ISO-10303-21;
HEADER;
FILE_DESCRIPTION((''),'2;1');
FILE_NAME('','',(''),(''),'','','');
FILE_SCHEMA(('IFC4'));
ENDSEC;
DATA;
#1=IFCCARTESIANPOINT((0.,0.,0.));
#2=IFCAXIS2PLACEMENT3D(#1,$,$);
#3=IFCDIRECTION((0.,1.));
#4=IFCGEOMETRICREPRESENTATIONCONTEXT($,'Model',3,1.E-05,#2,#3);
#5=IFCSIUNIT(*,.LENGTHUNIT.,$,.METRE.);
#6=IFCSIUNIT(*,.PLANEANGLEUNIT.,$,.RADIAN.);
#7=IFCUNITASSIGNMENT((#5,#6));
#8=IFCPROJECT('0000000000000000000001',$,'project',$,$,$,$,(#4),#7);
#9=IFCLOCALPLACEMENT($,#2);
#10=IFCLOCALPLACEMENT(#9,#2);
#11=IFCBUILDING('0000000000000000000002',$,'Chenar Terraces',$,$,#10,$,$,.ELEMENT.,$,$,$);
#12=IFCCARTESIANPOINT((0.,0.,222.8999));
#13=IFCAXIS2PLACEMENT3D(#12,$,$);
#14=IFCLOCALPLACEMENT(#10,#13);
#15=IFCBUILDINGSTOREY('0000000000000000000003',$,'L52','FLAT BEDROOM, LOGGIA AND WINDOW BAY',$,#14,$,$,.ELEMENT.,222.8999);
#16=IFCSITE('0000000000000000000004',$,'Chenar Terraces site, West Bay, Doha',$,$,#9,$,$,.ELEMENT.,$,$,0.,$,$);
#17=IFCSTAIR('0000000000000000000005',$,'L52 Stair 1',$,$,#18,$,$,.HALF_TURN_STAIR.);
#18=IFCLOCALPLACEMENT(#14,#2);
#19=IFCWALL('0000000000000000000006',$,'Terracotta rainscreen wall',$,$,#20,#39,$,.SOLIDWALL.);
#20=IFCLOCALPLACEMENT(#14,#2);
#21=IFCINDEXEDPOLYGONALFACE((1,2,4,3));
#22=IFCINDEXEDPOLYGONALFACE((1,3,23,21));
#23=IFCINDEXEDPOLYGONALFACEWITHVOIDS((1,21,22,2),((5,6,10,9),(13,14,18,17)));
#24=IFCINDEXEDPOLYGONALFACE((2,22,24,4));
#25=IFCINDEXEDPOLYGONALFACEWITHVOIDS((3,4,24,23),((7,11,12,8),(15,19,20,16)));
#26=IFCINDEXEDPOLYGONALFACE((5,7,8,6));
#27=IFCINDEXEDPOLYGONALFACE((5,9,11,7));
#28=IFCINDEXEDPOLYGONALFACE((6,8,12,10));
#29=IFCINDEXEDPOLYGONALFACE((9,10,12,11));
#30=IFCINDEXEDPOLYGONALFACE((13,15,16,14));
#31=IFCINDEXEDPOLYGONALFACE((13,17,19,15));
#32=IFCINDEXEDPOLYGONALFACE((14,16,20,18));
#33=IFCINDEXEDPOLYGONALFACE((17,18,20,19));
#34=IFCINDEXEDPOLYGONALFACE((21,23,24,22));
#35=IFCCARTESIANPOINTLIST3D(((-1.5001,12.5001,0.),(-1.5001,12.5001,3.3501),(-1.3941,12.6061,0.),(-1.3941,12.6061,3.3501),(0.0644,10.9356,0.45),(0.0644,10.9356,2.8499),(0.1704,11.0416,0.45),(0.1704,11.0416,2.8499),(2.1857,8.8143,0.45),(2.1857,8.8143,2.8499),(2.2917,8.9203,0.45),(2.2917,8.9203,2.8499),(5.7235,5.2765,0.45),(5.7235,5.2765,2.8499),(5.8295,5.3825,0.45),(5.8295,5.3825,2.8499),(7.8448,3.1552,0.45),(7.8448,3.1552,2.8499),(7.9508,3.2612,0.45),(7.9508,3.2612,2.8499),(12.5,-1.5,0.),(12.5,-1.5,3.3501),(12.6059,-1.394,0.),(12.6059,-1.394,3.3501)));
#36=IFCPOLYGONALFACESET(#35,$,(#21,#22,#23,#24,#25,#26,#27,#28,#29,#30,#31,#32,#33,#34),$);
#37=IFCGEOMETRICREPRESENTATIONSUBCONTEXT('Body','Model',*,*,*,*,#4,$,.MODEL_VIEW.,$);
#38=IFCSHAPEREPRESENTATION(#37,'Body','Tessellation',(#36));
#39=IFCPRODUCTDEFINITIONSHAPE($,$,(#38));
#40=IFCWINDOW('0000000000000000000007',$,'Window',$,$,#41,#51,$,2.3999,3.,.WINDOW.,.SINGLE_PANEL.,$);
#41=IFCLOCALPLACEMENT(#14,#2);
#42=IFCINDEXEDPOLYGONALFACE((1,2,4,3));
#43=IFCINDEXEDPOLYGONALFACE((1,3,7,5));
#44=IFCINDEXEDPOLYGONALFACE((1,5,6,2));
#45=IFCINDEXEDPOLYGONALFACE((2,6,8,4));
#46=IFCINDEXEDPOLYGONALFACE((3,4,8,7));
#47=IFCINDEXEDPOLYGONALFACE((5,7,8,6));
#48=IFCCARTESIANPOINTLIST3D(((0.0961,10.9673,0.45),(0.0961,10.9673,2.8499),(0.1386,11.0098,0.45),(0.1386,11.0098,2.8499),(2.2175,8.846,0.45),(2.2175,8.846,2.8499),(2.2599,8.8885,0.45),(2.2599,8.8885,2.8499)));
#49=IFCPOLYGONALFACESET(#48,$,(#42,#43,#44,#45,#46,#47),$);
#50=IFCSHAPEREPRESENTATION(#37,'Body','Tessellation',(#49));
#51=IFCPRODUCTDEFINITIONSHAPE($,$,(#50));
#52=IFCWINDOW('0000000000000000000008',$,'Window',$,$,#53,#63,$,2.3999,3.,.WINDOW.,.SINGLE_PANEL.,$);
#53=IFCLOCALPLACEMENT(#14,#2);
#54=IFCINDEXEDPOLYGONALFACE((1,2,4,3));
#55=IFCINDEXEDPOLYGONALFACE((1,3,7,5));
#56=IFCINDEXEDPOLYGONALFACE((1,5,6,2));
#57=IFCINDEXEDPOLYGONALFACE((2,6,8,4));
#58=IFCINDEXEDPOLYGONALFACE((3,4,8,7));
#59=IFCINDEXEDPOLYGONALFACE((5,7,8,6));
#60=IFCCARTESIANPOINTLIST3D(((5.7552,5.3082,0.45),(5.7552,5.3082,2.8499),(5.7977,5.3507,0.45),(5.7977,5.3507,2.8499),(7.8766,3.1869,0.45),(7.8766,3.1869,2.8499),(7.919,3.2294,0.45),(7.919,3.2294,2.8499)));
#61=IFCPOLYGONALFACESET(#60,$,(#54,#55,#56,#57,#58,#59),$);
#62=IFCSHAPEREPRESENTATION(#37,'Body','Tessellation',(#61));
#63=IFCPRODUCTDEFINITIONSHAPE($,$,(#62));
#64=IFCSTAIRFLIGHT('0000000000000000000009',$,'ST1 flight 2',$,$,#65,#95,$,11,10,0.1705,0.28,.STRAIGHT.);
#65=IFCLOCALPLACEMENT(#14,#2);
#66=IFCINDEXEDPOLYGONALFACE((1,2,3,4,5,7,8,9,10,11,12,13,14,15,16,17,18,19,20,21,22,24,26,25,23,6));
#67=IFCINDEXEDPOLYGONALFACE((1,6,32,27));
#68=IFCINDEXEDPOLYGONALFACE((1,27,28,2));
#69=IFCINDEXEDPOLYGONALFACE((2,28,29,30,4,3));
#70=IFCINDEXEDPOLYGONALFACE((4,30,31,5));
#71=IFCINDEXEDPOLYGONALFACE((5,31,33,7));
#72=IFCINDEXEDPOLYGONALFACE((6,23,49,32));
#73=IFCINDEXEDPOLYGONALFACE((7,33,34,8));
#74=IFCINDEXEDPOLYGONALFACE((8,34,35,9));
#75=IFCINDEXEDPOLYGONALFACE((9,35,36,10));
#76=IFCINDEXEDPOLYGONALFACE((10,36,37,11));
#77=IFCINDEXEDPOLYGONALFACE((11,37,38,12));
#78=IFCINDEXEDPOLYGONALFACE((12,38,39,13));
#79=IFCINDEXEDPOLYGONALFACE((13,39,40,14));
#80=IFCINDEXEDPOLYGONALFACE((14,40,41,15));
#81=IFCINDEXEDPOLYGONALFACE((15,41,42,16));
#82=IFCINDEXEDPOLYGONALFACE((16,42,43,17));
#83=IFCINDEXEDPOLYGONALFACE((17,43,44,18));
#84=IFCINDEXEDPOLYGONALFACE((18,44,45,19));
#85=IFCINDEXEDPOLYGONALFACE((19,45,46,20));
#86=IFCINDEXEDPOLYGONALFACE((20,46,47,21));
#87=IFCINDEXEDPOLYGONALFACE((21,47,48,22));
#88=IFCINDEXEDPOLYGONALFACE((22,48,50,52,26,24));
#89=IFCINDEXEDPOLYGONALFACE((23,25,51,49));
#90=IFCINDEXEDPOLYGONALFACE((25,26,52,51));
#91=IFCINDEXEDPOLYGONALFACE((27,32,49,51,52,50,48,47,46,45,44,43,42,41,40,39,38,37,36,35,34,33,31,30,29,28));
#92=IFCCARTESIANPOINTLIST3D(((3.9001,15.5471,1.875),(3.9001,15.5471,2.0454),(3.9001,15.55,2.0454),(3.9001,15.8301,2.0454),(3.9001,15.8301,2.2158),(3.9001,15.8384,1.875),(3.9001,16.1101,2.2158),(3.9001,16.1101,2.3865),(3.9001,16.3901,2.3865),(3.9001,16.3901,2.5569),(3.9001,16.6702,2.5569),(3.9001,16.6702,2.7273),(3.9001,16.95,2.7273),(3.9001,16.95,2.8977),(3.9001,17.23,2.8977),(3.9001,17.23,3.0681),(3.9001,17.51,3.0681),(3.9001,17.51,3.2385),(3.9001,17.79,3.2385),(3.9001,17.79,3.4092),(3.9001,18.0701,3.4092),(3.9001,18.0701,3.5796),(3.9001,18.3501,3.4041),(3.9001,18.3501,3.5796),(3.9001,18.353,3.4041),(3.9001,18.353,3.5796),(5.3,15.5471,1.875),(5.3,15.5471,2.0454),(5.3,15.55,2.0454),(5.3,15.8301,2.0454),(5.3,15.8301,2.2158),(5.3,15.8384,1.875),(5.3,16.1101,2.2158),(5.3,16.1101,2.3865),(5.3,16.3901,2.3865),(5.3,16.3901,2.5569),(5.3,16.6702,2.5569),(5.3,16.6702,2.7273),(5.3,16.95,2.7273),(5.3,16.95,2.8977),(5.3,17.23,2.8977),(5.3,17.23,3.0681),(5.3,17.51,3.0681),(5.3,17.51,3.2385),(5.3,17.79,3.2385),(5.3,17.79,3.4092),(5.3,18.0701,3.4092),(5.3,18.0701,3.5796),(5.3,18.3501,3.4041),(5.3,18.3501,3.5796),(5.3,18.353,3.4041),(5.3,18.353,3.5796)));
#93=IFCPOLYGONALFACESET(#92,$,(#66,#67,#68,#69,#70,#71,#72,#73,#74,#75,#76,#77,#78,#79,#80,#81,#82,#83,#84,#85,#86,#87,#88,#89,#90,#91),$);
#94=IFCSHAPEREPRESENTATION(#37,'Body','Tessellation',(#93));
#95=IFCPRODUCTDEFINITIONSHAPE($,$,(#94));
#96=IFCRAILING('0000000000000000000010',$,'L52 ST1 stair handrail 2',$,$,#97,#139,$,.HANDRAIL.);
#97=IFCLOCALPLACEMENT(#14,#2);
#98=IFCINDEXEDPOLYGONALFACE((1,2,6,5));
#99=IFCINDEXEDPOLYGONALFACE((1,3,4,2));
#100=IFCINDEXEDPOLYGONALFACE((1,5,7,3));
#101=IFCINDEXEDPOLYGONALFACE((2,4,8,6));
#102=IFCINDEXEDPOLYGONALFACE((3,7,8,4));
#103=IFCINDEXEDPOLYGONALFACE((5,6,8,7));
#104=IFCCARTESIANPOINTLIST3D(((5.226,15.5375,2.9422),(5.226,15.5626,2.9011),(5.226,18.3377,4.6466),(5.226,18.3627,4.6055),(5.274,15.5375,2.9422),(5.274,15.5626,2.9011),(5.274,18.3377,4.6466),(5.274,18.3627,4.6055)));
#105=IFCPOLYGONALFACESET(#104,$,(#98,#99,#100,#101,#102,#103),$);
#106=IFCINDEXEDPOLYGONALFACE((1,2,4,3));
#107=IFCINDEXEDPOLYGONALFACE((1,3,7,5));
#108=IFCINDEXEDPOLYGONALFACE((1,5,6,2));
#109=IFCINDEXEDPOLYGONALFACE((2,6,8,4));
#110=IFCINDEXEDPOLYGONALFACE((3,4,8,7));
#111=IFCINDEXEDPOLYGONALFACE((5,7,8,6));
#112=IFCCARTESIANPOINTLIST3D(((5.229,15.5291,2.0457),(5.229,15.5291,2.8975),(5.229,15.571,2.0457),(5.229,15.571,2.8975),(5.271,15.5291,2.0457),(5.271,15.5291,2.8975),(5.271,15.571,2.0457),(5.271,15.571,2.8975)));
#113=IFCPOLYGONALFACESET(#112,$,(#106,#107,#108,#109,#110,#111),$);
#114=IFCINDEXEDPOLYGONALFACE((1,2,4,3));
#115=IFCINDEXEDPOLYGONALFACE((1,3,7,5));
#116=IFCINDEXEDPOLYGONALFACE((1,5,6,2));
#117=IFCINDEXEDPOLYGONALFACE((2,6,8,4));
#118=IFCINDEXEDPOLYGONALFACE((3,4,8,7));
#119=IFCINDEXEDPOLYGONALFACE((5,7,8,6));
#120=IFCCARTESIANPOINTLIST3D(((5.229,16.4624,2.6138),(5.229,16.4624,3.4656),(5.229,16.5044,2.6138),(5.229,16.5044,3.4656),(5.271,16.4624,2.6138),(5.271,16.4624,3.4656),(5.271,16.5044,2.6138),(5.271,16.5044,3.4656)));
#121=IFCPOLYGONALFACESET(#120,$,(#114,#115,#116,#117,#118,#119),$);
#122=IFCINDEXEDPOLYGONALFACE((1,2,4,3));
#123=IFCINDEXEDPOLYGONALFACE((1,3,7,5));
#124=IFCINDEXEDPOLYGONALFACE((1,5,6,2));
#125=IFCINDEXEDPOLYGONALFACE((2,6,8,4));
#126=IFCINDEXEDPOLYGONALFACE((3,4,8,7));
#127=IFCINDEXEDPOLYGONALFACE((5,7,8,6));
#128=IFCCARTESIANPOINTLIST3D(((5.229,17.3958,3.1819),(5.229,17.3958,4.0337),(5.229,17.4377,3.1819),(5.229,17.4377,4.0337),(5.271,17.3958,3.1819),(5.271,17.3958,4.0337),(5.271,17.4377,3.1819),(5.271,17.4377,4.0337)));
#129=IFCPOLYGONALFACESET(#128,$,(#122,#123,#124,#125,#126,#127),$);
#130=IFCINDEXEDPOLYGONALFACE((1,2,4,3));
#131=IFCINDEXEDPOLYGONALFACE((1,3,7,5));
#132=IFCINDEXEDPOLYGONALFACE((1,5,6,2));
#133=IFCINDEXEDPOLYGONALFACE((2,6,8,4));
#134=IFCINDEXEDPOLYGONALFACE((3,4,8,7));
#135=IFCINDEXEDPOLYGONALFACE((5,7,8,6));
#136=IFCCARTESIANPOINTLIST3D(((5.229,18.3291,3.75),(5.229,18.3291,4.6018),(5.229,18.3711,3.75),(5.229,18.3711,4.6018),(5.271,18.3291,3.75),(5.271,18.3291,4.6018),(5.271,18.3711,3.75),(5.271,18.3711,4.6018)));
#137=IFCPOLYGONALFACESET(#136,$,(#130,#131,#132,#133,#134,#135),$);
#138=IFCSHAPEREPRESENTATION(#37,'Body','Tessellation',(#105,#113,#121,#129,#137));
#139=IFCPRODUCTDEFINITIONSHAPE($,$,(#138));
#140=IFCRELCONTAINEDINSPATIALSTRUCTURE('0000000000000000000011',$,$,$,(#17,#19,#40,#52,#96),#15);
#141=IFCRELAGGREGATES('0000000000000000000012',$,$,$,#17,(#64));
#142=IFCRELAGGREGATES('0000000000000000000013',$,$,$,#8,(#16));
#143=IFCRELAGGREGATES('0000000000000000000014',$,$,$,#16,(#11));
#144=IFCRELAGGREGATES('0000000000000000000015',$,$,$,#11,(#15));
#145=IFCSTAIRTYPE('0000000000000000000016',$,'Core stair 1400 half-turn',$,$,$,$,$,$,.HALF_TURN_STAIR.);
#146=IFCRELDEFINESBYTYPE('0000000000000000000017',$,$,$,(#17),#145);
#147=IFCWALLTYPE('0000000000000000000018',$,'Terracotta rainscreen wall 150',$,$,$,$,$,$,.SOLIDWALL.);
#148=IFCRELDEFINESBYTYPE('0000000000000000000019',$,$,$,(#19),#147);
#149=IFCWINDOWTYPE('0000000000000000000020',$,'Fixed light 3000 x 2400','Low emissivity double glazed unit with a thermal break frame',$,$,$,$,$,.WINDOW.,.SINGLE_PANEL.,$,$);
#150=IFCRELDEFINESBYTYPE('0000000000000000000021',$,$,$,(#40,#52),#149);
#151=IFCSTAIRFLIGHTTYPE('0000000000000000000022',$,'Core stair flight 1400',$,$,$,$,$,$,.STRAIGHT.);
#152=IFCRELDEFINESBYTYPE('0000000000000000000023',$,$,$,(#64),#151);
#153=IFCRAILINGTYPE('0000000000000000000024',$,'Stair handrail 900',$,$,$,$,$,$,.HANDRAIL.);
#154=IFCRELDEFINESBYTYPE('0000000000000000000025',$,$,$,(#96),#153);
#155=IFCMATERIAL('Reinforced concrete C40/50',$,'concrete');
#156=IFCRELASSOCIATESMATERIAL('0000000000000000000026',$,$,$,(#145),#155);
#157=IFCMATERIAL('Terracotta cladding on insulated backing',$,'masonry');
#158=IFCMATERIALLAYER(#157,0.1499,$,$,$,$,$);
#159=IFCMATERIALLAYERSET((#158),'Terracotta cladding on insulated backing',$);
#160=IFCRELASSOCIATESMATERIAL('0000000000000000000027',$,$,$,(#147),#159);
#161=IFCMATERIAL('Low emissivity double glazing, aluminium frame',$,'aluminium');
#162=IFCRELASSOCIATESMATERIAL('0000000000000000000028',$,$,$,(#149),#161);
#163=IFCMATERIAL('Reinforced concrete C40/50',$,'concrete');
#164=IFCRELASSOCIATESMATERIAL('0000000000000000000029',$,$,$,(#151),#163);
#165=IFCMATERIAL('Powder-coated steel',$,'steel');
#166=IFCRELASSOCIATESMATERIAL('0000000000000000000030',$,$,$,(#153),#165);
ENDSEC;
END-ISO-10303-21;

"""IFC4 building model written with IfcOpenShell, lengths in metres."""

from ifc_helpers import new_model, si_unit, direction, frame, frame_2d, origin, origin_2d, place, context, subcontext, project, spatial, polyline, rectangle, outline, extrude, material, layer, layer_set, type_object, element, fill, aggregate, save


model = new_model("IFC4")

# Units and contexts
model_context = context("Model", 3, precision=1e-05, world=origin(), true_north=direction((0.0, 1.0)))
body_context = subcontext(model_context, "Body", "Model", "MODEL_VIEW")
ifc_project = project(units=[si_unit("LENGTHUNIT", "METRE"), si_unit("PLANEANGLEUNIT", "RADIAN")], contexts=[model_context])

# Site, building, storey
site_placement = place(None, origin())
site = spatial("IfcSite", under=ifc_project, at=site_placement, Name="Chenar Terraces site, West Bay, Doha", CompositionType="ELEMENT", RefElevation=0.0)
building_placement = place(site_placement, origin())
building = spatial("IfcBuilding", under=site, at=building_placement, Name="Chenar Terraces", CompositionType="ELEMENT")
storey_placement = place(building_placement, frame((0.0, 0.0, 222.8999)))
storey = spatial("IfcBuildingStorey", under=building, at=storey_placement, Name="L52", Description="FLAT BEDROOM, LOGGIA AND WINDOW BAY", CompositionType="ELEMENT", Elevation=222.8999)

# Stair
ifc_material_1 = material(Name="Reinforced concrete C40/50", Category="concrete")
stair_type = type_object("IfcStairType", Name="Core stair 1400 half-turn", PredefinedType="HALF_TURN_STAIR", material=ifc_material_1)
placement_1 = place(storey_placement, origin())
stair_1 = element("IfcStair", 1, at=placement_1, inside=storey, type_object=stair_type, Name="L52 Stair 1", PredefinedType="HALF_TURN_STAIR")

# Wall, openings, windows
ifc_material_2 = material(Name="Terracotta cladding on insulated backing", Category="masonry")
ifc_layer_1 = layer(ifc_material_2, 0.1499)
ifc_layer_set_1 = layer_set([ifc_layer_1], Name="Terracotta cladding on insulated backing")
wall_type_1 = type_object("IfcWallType", Name="Terracotta rainscreen wall 150", PredefinedType="SOLIDWALL", material=ifc_layer_set_1)
wall_1_placement = place(storey_placement, frame((-1.447, 12.553, 0.0), z_axis=(0.0, 0.0, 1.0), x_axis=(0.707107, -0.707107, 0.0)))
wall_1 = element("IfcWall", 2, at=wall_1_placement, inside=storey, type_object=wall_type_1, Name="Terracotta rainscreen wall", PredefinedType="SOLIDWALL", context=body_context, shape_type="SweptSolid", body=[
    extrude(rectangle(XDim=19.7991, YDim=0.1499, at=frame_2d((9.8994, 0.0))), origin(), (0.0, 0.0, 1.0), 3.3501),
])
opening_1_placement = place(wall_1_placement, frame((2.2124, 0.0, 0.45)))
opening_1 = element("IfcOpeningElement", 3, at=opening_1_placement, cuts=wall_1, PredefinedType="OPENING", context=body_context, shape_type="SweptSolid", body=[
    extrude(rectangle(XDim=3.0, YDim=2.3999, at=frame_2d((1.5, 1.2))), frame((0.0, 0.085, 0.0), z_axis=(0.0, -1.0, 0.0), x_axis=(1.0, 0.0, 0.0)), (0.0, 0.0, 1.0), 0.1699),
])
opening_2_placement = place(wall_1_placement, frame((10.2156, 0.0, 0.45)))
opening_2 = element("IfcOpeningElement", 4, at=opening_2_placement, cuts=wall_1, PredefinedType="OPENING", context=body_context, shape_type="SweptSolid", body=[
    extrude(rectangle(XDim=3.0, YDim=2.3999, at=frame_2d((1.5, 1.2))), frame((0.0, 0.085, 0.0), z_axis=(0.0, -1.0, 0.0), x_axis=(1.0, 0.0, 0.0)), (0.0, 0.0, 1.0), 0.1699),
])
ifc_material_3 = material(Name="Low emissivity double glazing, aluminium frame", Category="aluminium")
window_type = type_object("IfcWindowType", Name="Fixed light 3000 x 2400", Description="Low emissivity double glazed unit with a thermal break frame", PartitioningType="SINGLE_PANEL", PredefinedType="WINDOW", material=ifc_material_3)
window_1_placement = place(opening_1_placement, origin())
window_1 = element("IfcWindow", 5, at=window_1_placement, inside=storey, type_object=window_type, Name="Window", OverallHeight=2.3999, OverallWidth=3.0, PartitioningType="SINGLE_PANEL", PredefinedType="WINDOW", context=body_context, shape_type="SweptSolid", body=[
    extrude(rectangle(XDim=3.0, YDim=2.3999, at=frame_2d((1.5, 1.2))), frame((0.0, 0.03, 0.0), z_axis=(0.0, -1.0, 0.0), x_axis=(1.0, 0.0, 0.0)), (0.0, 0.0, 1.0), 0.0601),
])
fill(opening_1, window_1)
window_2_placement = place(opening_2_placement, origin())
window_2 = element("IfcWindow", 6, at=window_2_placement, inside=storey, type_object=window_type, Name="Window", OverallHeight=2.3999, OverallWidth=3.0, PartitioningType="SINGLE_PANEL", PredefinedType="WINDOW", context=body_context, shape_type="SweptSolid", body=[
    extrude(rectangle(XDim=3.0, YDim=2.3999, at=frame_2d((1.5, 1.2))), frame((0.0, 0.03, 0.0), z_axis=(0.0, -1.0, 0.0), x_axis=(1.0, 0.0, 0.0)), (0.0, 0.0, 1.0), 0.0601),
])
fill(opening_2, window_2)

# Stair flight
ifc_material_4 = material(Name="Reinforced concrete C40/50", Category="concrete")
stair_flight_type = type_object("IfcStairFlightType", Name="Core stair flight 1400", PredefinedType="STRAIGHT", material=ifc_material_4)
stair_flight_placement = place(storey_placement, frame((4.6001, 15.55, 1.875), z_axis=(0.0, 0.0, 1.0), x_axis=(0.0, 1.0, 0.0)))
stair_flight = element("IfcStairFlight", 7, at=stair_flight_placement, type_object=stair_flight_type, Name="ST1 flight 2", NumberOfRisers=11, NumberOfTreads=10, PredefinedType="STRAIGHT", RiserHeight=0.1705, TreadLength=0.28, context=body_context, shape_type="SweptSolid", body=[
    extrude(outline(polyline([(-0.0029, 0.0), (-0.0029, 0.1704), (0.0, 0.1704), (0.28, 0.1704), (0.28, 0.3408), (0.5601, 0.3408), (0.5601, 0.5115), (0.8401, 0.5115), (0.8401, 0.6819), (1.1201, 0.6819), (1.1201, 0.8523), (1.3999, 0.8523), (1.3999, 1.0227), (1.6799, 1.0227), (1.6799, 1.1931), (1.96, 1.1931), (1.96, 1.3635), (2.24, 1.3635), (2.24, 1.5342), (2.52, 1.5342), (2.52, 1.7046), (2.8, 1.7046), (2.803, 1.7046), (2.803, 1.5291), (2.8, 1.5291), (0.2883, 0.0), (-0.0029, 0.0)])), frame((0.0, 0.7, 0.0), z_axis=(0.0, -1.0, 0.0), x_axis=(1.0, 0.0, 0.0)), (0.0, 0.0, 1.0), 1.3999),
])
aggregate(stair_1, [stair_flight])

# Railing
ifc_material_5 = material(Name="Powder-coated steel", Category="steel")
railing_type = type_object("IfcRailingType", Name="Stair handrail 900", PredefinedType="HANDRAIL", material=ifc_material_5)
railing_placement = place(storey_placement, frame((5.25, 15.55, 2.0457)))
element("IfcRailing", 8, at=railing_placement, inside=storey, type_object=railing_type, Name="L52 ST1 stair handrail 2", PredefinedType="HANDRAIL", context=body_context, shape_type="SweptSolid", body=[
    extrude(rectangle(XDim=0.0481, YDim=0.0481, at=origin_2d()), frame((0.0, 0.0, 0.876), z_axis=(0.0, 0.854203, 0.51994), x_axis=(-1.0, 0.0, 0.0)), (0.0, 0.0, 1.0), 3.2781),
    extrude(rectangle(XDim=0.042, YDim=0.042, at=origin_2d()), origin(), (0.0, 0.0, 1.0), 0.8518),
    extrude(rectangle(XDim=0.042, YDim=0.042, at=origin_2d()), frame((0.0, 0.9333, 0.5681)), (0.0, 0.0, 1.0), 0.8518),
    extrude(rectangle(XDim=0.042, YDim=0.042, at=origin_2d()), frame((0.0, 1.8667, 1.1362)), (0.0, 0.0, 1.0), 0.8518),
    extrude(rectangle(XDim=0.042, YDim=0.042, at=origin_2d()), frame((0.0, 2.8, 1.7043)), (0.0, 0.0, 1.0), 0.8518),
])

save(model, "model.ifc")
